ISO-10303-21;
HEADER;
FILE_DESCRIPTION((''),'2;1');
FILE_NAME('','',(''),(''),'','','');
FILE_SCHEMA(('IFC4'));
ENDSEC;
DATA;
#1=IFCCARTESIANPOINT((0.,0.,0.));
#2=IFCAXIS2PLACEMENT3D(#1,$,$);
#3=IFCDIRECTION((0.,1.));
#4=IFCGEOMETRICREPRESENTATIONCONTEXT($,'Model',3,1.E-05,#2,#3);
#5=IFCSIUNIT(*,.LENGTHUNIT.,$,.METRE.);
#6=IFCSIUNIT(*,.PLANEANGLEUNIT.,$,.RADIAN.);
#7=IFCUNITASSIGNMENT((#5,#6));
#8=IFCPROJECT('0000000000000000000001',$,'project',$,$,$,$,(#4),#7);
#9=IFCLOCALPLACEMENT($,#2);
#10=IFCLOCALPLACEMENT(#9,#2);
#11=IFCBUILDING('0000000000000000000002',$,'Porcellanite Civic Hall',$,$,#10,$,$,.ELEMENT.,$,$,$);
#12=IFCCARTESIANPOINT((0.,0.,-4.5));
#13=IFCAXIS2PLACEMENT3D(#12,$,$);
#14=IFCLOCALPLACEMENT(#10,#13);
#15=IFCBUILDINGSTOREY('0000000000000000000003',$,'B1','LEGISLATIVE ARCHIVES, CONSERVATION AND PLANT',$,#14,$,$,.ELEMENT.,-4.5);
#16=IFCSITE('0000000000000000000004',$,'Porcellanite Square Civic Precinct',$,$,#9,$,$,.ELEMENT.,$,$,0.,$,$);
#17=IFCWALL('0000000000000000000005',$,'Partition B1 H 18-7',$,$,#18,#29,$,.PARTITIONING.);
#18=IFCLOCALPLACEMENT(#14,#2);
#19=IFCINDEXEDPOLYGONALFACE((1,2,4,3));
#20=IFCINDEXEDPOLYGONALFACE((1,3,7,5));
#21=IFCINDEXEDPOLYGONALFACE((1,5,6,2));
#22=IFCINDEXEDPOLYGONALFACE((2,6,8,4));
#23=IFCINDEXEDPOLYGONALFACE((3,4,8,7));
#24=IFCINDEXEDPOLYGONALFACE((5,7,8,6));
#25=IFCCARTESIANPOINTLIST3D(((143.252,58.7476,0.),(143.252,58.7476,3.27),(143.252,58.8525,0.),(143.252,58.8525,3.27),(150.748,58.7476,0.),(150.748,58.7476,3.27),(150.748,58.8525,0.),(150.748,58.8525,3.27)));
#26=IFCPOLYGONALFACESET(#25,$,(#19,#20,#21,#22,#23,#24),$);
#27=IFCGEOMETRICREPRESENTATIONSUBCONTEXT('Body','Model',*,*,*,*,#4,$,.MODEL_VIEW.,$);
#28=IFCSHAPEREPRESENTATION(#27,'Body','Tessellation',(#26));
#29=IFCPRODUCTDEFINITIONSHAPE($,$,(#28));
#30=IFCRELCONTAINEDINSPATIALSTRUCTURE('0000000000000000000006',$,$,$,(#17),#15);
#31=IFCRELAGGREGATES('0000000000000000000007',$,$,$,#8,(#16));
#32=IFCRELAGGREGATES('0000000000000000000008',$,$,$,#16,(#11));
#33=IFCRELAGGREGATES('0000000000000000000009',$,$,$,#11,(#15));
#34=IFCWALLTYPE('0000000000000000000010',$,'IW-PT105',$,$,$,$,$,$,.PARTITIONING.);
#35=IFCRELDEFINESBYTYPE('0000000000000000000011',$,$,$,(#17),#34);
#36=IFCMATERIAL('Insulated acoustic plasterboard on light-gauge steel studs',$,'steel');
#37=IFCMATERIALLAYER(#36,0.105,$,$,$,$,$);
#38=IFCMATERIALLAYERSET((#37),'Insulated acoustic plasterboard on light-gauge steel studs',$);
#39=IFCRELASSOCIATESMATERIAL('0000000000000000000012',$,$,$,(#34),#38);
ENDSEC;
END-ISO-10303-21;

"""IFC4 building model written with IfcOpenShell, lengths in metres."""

from ifc_helpers import new_model, si_unit, direction, frame, frame_2d, origin, place, context, subcontext, project, spatial, rectangle, extrude, material, layer, layer_set, type_object, element, save


model = new_model("IFC4")

# Units and contexts
model_context = context("Model", 3, precision=1e-05, world=origin(), true_north=direction((0.0, 1.0)))
body_context = subcontext(model_context, "Body", "Model", "MODEL_VIEW")
ifc_project = project(units=[si_unit("LENGTHUNIT", "METRE"), si_unit("PLANEANGLEUNIT", "RADIAN")], contexts=[model_context])

# Site, building, storey
site_placement = place(None, origin())
site = spatial("IfcSite", under=ifc_project, at=site_placement, Name="Porcellanite Square Civic Precinct", CompositionType="ELEMENT", RefElevation=0.0)
building_placement = place(site_placement, origin())
building = spatial("IfcBuilding", under=site, at=building_placement, Name="Porcellanite Civic Hall", CompositionType="ELEMENT")
storey_placement = place(building_placement, frame((0.0, 0.0, -4.5)))
storey = spatial("IfcBuildingStorey", under=building, at=storey_placement, Name="B1", Description="LEGISLATIVE ARCHIVES, CONSERVATION AND PLANT", CompositionType="ELEMENT", Elevation=-4.5)

# Wall
ifc_material_1 = material(Name="Insulated acoustic plasterboard on light-gauge steel studs", Category="steel")
ifc_layer_1 = layer(ifc_material_1, 0.105)
ifc_layer_set_1 = layer_set([ifc_layer_1], Name="Insulated acoustic plasterboard on light-gauge steel studs")
wall_type_1 = type_object("IfcWallType", Name="IW-PT105", PredefinedType="PARTITIONING", material=ifc_layer_set_1)
wall_placement = place(storey_placement, frame((143.252, 58.8, 0.0), z_axis=(0.0, 0.0, 1.0), x_axis=(1.0, 0.0, 0.0)))
element("IfcWall", 1, at=wall_placement, inside=storey, type_object=wall_type_1, Name="Partition B1 H 18-7", PredefinedType="PARTITIONING", context=body_context, shape_type="SweptSolid", body=[
    extrude(rectangle(XDim=7.4961, YDim=0.105, at=frame_2d((3.748, 0.0))), origin(), (0.0, 0.0, 1.0), 3.27),
])

save(model, "model.ifc")
